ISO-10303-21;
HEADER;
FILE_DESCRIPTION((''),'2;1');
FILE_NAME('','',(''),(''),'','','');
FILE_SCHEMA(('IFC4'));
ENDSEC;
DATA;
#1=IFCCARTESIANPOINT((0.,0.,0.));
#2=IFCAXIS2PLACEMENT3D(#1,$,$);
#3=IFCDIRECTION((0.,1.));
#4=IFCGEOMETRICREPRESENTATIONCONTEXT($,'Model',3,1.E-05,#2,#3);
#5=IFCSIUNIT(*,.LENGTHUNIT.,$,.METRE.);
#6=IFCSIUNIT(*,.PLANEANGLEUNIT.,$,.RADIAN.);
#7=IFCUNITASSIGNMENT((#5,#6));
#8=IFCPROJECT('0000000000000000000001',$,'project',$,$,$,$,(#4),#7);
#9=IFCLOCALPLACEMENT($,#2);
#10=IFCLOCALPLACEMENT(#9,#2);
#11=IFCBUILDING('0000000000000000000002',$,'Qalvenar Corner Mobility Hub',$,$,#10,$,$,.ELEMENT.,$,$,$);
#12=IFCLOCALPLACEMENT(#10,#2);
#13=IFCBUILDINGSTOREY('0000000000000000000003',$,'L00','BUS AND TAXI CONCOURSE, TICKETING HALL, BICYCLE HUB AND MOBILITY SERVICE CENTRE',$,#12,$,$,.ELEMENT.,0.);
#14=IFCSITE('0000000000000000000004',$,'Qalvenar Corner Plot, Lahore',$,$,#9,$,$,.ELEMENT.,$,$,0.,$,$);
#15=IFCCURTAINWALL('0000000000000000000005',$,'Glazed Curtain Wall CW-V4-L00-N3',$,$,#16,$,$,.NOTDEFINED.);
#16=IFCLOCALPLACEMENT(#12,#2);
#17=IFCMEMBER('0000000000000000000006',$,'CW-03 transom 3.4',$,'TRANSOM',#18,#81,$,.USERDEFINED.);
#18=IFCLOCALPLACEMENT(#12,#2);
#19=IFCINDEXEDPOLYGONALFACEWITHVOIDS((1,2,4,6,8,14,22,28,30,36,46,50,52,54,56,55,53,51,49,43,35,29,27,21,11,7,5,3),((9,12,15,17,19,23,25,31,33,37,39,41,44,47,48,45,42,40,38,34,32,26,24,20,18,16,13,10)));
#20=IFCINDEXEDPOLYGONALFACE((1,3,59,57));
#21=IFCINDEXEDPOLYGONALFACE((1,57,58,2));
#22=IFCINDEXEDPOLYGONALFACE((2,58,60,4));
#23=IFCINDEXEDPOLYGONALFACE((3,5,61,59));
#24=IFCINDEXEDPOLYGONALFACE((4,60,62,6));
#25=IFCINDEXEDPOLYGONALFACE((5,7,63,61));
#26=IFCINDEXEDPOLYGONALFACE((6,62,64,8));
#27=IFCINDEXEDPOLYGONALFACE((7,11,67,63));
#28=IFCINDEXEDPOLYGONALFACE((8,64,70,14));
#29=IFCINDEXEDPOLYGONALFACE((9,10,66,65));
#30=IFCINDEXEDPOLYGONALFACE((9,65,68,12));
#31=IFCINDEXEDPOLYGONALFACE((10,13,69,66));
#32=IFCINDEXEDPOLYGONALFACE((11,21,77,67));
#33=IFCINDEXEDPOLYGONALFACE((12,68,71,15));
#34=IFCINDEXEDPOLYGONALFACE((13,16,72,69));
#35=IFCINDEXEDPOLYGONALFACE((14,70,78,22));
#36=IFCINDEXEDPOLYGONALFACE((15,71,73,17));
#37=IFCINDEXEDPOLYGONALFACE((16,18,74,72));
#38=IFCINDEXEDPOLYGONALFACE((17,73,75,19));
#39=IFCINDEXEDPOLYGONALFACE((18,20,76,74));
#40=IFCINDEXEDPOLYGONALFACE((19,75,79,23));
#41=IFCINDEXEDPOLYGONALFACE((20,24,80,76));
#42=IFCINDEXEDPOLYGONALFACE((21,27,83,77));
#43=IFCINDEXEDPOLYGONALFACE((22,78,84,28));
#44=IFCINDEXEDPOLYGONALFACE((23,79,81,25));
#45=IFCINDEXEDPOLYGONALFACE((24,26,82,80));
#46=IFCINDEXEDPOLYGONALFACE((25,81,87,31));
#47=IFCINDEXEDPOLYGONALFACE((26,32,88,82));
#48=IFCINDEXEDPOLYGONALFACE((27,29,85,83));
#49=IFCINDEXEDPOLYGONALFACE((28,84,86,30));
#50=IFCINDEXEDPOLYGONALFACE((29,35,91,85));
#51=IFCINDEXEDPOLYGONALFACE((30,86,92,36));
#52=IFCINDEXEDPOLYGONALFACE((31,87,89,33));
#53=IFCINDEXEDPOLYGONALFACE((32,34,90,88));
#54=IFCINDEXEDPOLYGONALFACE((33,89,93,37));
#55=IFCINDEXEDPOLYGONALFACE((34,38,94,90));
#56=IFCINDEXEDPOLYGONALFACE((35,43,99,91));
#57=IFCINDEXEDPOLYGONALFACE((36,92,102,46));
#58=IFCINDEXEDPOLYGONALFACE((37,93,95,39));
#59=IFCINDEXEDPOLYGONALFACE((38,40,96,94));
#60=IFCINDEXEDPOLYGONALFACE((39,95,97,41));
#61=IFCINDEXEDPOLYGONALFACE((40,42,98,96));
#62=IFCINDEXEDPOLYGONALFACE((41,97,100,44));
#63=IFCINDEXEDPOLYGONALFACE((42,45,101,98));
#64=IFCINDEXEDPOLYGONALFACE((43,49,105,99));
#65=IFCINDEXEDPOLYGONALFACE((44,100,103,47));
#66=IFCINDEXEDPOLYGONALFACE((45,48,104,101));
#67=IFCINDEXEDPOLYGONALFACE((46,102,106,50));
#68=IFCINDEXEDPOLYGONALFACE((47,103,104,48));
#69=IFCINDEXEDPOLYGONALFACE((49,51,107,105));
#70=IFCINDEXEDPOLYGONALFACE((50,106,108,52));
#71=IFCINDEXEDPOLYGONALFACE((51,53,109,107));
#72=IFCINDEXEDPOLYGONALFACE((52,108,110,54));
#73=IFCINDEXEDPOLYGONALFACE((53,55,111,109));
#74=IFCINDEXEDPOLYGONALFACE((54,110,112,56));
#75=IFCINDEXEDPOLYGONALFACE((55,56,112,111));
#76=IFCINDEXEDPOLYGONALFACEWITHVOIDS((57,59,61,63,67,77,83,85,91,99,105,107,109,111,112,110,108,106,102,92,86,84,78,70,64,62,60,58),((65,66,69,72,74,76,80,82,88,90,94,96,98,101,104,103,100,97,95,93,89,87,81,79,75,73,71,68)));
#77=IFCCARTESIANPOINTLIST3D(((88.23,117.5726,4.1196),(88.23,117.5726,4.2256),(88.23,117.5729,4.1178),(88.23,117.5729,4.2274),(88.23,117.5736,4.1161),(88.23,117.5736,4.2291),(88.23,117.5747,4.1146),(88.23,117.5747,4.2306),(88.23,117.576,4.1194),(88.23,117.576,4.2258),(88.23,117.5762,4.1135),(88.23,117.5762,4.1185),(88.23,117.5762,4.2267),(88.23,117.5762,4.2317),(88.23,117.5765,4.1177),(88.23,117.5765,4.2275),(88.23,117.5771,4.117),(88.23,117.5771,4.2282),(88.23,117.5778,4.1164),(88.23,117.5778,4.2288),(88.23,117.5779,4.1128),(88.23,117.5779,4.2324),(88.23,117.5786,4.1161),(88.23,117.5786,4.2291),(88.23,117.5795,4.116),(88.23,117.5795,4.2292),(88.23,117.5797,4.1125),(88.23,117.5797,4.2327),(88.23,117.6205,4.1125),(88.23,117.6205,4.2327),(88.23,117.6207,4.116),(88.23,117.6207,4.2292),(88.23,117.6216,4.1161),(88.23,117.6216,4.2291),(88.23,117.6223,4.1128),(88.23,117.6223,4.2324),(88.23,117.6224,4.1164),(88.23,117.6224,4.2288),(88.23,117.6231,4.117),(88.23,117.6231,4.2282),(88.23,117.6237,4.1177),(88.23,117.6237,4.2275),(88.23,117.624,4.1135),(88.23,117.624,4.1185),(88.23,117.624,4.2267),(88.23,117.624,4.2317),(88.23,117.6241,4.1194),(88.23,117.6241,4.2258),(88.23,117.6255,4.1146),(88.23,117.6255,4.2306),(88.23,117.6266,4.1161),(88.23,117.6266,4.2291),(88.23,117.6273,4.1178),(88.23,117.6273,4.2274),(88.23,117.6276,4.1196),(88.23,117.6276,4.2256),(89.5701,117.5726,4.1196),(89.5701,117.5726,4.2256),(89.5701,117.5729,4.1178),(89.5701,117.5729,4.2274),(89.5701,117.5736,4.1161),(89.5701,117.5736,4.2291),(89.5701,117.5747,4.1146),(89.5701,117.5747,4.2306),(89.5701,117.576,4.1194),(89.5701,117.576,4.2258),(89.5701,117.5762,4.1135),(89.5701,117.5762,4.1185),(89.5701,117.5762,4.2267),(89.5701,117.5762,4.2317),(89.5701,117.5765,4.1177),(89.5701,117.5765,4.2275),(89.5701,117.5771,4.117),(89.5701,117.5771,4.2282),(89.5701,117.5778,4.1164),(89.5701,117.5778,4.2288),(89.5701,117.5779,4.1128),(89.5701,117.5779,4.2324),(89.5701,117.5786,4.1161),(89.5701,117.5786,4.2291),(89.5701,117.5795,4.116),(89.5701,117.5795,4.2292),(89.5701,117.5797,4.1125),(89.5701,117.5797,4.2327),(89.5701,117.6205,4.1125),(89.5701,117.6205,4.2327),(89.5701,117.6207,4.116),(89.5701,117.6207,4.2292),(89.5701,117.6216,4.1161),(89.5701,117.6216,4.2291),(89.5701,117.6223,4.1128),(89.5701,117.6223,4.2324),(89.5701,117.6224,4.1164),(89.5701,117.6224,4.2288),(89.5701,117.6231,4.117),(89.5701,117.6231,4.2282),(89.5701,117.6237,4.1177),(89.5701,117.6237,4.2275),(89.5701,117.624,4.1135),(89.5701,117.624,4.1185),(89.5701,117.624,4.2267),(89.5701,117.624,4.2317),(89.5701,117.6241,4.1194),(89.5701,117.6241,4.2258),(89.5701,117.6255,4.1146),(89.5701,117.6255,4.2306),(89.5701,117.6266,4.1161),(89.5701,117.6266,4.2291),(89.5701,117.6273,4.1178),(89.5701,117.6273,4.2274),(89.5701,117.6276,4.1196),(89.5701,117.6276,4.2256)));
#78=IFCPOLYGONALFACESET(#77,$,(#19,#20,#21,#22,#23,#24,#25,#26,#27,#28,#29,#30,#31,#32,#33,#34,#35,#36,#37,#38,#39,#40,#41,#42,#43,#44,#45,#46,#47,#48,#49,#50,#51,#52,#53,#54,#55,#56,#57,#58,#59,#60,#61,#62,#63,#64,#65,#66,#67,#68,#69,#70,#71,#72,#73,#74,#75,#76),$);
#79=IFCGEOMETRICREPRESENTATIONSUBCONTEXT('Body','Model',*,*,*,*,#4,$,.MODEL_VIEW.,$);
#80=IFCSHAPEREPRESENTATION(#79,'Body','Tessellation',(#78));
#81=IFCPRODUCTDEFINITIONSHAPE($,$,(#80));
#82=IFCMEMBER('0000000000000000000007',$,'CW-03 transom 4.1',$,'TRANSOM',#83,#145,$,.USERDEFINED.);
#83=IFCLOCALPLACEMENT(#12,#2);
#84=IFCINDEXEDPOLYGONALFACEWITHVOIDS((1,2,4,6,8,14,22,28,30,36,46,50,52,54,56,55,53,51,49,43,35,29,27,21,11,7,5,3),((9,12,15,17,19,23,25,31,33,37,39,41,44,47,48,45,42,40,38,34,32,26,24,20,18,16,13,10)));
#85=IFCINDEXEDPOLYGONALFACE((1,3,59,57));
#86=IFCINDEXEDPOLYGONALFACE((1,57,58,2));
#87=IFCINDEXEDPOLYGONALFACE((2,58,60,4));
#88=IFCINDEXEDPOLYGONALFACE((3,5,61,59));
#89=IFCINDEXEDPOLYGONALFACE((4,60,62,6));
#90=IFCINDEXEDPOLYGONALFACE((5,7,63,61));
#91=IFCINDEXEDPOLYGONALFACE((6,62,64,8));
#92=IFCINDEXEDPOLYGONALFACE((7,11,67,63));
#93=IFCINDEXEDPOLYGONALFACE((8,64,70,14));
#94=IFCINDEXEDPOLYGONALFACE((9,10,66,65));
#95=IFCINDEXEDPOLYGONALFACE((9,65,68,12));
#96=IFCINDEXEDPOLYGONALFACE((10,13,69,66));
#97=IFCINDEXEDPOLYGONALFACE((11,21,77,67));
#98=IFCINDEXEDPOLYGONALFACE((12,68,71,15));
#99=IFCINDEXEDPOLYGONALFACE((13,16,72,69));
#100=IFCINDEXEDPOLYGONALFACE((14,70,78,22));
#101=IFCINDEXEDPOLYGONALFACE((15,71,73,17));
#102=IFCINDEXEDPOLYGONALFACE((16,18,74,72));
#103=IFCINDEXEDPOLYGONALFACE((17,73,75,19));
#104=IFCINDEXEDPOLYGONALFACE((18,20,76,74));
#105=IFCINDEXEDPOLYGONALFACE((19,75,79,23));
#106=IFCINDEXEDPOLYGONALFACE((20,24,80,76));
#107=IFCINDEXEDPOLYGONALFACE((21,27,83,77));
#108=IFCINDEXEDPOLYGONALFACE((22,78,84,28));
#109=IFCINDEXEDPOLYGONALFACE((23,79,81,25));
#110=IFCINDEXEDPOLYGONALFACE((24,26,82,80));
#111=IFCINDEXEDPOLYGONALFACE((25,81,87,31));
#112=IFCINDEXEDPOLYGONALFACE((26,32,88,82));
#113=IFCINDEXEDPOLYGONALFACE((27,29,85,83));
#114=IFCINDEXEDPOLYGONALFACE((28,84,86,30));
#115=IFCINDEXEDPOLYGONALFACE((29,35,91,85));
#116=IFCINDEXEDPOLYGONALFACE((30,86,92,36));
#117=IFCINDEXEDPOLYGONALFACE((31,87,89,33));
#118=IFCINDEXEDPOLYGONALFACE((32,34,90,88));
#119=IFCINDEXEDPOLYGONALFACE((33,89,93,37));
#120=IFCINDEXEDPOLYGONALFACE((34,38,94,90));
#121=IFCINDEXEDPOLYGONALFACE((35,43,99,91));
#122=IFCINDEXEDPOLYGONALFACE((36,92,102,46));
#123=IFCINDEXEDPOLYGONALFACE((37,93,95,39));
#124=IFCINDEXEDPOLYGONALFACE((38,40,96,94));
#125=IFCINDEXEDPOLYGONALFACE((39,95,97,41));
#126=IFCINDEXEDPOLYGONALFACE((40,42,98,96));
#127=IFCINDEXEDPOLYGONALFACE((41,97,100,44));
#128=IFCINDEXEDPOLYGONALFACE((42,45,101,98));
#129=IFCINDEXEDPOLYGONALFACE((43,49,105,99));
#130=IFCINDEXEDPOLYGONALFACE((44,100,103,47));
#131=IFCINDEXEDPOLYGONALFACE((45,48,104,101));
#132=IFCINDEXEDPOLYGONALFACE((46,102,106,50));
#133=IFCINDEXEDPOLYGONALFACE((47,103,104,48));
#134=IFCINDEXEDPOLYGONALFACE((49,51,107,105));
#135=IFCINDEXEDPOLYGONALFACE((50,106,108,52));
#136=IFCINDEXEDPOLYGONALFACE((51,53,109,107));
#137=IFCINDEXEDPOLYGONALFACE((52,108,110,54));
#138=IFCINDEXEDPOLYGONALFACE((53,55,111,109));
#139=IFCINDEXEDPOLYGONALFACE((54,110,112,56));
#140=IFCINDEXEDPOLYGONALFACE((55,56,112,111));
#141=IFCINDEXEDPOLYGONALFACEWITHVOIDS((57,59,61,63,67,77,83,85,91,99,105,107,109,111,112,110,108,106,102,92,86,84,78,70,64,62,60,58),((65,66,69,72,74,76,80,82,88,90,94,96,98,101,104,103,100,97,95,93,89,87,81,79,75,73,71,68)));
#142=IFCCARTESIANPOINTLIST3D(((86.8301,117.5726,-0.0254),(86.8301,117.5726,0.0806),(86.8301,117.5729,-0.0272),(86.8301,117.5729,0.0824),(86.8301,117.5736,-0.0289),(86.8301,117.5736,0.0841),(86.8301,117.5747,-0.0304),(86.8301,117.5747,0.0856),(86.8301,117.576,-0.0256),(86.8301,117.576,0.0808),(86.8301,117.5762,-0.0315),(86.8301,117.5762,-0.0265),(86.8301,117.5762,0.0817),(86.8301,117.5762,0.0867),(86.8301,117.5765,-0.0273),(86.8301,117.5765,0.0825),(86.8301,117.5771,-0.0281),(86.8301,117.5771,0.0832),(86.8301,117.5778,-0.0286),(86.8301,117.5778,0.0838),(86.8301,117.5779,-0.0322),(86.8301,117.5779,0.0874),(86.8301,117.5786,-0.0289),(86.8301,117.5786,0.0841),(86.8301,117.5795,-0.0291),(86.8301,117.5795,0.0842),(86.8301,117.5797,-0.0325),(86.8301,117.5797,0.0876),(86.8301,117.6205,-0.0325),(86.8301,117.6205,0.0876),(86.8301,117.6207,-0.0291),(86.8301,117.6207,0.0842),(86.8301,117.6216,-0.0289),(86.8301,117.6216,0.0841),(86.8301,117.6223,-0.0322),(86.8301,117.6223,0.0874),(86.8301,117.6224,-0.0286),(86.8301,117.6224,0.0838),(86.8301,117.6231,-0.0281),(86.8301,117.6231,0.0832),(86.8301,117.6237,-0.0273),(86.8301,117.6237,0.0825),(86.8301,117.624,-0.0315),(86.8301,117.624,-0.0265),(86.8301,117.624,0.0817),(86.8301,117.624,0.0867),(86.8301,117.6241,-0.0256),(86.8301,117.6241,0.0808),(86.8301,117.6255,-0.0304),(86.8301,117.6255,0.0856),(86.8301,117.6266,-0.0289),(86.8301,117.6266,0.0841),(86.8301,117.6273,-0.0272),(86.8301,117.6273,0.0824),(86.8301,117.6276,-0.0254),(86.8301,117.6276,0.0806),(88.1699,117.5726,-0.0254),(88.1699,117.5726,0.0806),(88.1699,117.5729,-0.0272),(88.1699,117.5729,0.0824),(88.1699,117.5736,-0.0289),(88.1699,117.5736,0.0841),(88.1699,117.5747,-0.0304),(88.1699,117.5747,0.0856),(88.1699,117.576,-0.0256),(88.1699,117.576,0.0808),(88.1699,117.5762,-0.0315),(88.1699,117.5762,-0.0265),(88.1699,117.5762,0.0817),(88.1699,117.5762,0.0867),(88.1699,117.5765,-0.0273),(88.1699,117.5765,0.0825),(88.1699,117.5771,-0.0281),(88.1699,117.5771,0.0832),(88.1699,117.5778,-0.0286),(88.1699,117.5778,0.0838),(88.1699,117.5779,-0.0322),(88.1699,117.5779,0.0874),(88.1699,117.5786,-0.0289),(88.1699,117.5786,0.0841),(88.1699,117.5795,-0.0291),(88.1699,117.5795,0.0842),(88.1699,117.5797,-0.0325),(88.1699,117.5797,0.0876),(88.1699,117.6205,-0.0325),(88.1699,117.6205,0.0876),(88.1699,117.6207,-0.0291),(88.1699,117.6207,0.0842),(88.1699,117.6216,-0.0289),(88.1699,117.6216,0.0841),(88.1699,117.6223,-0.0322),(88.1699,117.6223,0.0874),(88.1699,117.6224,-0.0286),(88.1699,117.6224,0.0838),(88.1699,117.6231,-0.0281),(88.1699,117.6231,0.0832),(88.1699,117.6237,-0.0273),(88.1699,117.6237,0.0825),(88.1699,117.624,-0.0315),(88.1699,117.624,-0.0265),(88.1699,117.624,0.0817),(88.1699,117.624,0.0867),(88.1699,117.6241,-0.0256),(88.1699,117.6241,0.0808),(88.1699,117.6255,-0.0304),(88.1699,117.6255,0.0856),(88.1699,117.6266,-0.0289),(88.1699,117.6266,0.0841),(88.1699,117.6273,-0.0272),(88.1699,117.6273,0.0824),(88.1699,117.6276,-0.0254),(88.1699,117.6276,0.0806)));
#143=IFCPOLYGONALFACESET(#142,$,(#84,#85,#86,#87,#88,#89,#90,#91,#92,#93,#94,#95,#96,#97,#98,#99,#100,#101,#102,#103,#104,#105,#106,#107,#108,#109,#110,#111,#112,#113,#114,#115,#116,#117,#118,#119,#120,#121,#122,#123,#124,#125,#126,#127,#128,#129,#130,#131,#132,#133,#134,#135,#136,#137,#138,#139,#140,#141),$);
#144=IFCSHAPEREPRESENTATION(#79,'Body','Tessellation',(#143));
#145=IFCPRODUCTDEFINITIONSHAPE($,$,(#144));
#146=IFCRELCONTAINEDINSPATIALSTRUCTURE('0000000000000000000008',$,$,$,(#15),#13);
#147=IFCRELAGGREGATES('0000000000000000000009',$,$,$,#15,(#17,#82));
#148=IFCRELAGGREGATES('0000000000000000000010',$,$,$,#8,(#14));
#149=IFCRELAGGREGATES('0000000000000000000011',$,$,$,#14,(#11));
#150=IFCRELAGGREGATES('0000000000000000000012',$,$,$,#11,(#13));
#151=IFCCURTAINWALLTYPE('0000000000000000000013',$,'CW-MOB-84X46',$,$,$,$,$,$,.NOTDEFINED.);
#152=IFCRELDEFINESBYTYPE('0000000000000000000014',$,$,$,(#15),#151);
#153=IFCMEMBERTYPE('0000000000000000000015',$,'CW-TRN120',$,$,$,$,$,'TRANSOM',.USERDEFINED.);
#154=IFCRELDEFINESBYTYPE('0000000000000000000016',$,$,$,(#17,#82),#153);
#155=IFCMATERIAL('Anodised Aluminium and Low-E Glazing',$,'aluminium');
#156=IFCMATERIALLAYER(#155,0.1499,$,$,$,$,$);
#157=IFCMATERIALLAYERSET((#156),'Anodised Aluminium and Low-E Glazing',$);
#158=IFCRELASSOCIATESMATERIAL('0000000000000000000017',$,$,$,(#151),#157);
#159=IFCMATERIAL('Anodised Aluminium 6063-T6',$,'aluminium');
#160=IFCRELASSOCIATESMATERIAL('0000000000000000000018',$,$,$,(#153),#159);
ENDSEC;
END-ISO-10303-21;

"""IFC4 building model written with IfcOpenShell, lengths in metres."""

from ifc_helpers import new_model, si_unit, direction, frame, origin, origin_2d, place, context, subcontext, project, spatial, hollow_rectangle, extrude, material, layer, layer_set, material_profile, profile_set, type_object, element, aggregate, save


model = new_model("IFC4")

# Units and contexts
model_context = context("Model", 3, precision=1e-05, world=origin(), true_north=direction((0.0, 1.0)))
body_context = subcontext(model_context, "Body", "Model", "MODEL_VIEW")
ifc_project = project(units=[si_unit("LENGTHUNIT", "METRE"), si_unit("PLANEANGLEUNIT", "RADIAN")], contexts=[model_context])

# Site, building, storey
site_placement = place(None, origin())
site = spatial("IfcSite", under=ifc_project, at=site_placement, Name="Qalvenar Corner Plot, Lahore", CompositionType="ELEMENT", RefElevation=0.0)
building_placement = place(site_placement, origin())
building = spatial("IfcBuilding", under=site, at=building_placement, Name="Qalvenar Corner Mobility Hub", CompositionType="ELEMENT")
storey_placement = place(building_placement, origin())
storey = spatial("IfcBuildingStorey", under=building, at=storey_placement, Name="L00", Description="BUS AND TAXI CONCOURSE, TICKETING HALL, BICYCLE HUB AND MOBILITY SERVICE CENTRE", CompositionType="ELEMENT", Elevation=0.0)

# Curtain wall, members
ifc_material_1 = material(Name="Anodised Aluminium and Low-E Glazing", Category="aluminium")
ifc_layer_1 = layer(ifc_material_1, 0.1499)
ifc_layer_set_1 = layer_set([ifc_layer_1], Name="Anodised Aluminium and Low-E Glazing")
curtain_wall_type = type_object("IfcCurtainWallType", Name="CW-MOB-84X46", PredefinedType="NOTDEFINED", material=ifc_layer_set_1)
curtain_wall_placement = place(storey_placement, origin())
curtain_wall = element("IfcCurtainWall", 1, at=curtain_wall_placement, inside=storey, type_object=curtain_wall_type, Name="Glazed Curtain Wall CW-V4-L00-N3", PredefinedType="NOTDEFINED")
ifc_material_2 = material(Name="Anodised Aluminium 6063-T6", Category="aluminium")
ifc_material_profile_1 = material_profile(ifc_material_2, hollow_rectangle(XDim=0.0549, YDim=0.1201, WallThickness=0.0034, InnerFilletRadius=0.0034, OuterFilletRadius=0.0071, at=origin_2d()), Name="RHS120x55x3.5")
ifc_profile_set_1 = profile_set([ifc_material_profile_1], Name="Anodised Aluminium 6063-T6")
member_type_1 = type_object("IfcMemberType", Name="CW-TRN120", ElementType="TRANSOM", PredefinedType="USERDEFINED", material=ifc_profile_set_1)
member_1_placement = place(storey_placement, frame((89.5701, 117.6001, 4.1726), z_axis=(-1.0, 0.0, 0.0), x_axis=(0.0, -1.0, 0.0)))
member_1 = element("IfcMember", 2, at=member_1_placement, type_object=member_type_1, Name="CW-03 transom 3.4", ObjectType="TRANSOM", PredefinedType="USERDEFINED", context=body_context, shape_type="SweptSolid", body=[
    extrude(hollow_rectangle(XDim=0.0549, YDim=0.1201, WallThickness=0.0034, InnerFilletRadius=0.0034, OuterFilletRadius=0.0071, at=origin_2d()), origin(), (0.0, 0.0, 1.0), 1.3401),
])
member_2_placement = place(storey_placement, frame((88.1699, 117.6001, 0.0276), z_axis=(-1.0, 0.0, 0.0), x_axis=(0.0, -1.0, 0.0)))
member_2 = element("IfcMember", 3, at=member_2_placement, type_object=member_type_1, Name="CW-03 transom 4.1", ObjectType="TRANSOM", PredefinedType="USERDEFINED", context=body_context, shape_type="SweptSolid", body=[
    extrude(hollow_rectangle(XDim=0.0549, YDim=0.1201, WallThickness=0.0034, InnerFilletRadius=0.0034, OuterFilletRadius=0.0071, at=origin_2d()), origin(), (0.0, 0.0, 1.0), 1.3398),
])
aggregate(curtain_wall, [member_1, member_2])

save(model, "model.ifc")
